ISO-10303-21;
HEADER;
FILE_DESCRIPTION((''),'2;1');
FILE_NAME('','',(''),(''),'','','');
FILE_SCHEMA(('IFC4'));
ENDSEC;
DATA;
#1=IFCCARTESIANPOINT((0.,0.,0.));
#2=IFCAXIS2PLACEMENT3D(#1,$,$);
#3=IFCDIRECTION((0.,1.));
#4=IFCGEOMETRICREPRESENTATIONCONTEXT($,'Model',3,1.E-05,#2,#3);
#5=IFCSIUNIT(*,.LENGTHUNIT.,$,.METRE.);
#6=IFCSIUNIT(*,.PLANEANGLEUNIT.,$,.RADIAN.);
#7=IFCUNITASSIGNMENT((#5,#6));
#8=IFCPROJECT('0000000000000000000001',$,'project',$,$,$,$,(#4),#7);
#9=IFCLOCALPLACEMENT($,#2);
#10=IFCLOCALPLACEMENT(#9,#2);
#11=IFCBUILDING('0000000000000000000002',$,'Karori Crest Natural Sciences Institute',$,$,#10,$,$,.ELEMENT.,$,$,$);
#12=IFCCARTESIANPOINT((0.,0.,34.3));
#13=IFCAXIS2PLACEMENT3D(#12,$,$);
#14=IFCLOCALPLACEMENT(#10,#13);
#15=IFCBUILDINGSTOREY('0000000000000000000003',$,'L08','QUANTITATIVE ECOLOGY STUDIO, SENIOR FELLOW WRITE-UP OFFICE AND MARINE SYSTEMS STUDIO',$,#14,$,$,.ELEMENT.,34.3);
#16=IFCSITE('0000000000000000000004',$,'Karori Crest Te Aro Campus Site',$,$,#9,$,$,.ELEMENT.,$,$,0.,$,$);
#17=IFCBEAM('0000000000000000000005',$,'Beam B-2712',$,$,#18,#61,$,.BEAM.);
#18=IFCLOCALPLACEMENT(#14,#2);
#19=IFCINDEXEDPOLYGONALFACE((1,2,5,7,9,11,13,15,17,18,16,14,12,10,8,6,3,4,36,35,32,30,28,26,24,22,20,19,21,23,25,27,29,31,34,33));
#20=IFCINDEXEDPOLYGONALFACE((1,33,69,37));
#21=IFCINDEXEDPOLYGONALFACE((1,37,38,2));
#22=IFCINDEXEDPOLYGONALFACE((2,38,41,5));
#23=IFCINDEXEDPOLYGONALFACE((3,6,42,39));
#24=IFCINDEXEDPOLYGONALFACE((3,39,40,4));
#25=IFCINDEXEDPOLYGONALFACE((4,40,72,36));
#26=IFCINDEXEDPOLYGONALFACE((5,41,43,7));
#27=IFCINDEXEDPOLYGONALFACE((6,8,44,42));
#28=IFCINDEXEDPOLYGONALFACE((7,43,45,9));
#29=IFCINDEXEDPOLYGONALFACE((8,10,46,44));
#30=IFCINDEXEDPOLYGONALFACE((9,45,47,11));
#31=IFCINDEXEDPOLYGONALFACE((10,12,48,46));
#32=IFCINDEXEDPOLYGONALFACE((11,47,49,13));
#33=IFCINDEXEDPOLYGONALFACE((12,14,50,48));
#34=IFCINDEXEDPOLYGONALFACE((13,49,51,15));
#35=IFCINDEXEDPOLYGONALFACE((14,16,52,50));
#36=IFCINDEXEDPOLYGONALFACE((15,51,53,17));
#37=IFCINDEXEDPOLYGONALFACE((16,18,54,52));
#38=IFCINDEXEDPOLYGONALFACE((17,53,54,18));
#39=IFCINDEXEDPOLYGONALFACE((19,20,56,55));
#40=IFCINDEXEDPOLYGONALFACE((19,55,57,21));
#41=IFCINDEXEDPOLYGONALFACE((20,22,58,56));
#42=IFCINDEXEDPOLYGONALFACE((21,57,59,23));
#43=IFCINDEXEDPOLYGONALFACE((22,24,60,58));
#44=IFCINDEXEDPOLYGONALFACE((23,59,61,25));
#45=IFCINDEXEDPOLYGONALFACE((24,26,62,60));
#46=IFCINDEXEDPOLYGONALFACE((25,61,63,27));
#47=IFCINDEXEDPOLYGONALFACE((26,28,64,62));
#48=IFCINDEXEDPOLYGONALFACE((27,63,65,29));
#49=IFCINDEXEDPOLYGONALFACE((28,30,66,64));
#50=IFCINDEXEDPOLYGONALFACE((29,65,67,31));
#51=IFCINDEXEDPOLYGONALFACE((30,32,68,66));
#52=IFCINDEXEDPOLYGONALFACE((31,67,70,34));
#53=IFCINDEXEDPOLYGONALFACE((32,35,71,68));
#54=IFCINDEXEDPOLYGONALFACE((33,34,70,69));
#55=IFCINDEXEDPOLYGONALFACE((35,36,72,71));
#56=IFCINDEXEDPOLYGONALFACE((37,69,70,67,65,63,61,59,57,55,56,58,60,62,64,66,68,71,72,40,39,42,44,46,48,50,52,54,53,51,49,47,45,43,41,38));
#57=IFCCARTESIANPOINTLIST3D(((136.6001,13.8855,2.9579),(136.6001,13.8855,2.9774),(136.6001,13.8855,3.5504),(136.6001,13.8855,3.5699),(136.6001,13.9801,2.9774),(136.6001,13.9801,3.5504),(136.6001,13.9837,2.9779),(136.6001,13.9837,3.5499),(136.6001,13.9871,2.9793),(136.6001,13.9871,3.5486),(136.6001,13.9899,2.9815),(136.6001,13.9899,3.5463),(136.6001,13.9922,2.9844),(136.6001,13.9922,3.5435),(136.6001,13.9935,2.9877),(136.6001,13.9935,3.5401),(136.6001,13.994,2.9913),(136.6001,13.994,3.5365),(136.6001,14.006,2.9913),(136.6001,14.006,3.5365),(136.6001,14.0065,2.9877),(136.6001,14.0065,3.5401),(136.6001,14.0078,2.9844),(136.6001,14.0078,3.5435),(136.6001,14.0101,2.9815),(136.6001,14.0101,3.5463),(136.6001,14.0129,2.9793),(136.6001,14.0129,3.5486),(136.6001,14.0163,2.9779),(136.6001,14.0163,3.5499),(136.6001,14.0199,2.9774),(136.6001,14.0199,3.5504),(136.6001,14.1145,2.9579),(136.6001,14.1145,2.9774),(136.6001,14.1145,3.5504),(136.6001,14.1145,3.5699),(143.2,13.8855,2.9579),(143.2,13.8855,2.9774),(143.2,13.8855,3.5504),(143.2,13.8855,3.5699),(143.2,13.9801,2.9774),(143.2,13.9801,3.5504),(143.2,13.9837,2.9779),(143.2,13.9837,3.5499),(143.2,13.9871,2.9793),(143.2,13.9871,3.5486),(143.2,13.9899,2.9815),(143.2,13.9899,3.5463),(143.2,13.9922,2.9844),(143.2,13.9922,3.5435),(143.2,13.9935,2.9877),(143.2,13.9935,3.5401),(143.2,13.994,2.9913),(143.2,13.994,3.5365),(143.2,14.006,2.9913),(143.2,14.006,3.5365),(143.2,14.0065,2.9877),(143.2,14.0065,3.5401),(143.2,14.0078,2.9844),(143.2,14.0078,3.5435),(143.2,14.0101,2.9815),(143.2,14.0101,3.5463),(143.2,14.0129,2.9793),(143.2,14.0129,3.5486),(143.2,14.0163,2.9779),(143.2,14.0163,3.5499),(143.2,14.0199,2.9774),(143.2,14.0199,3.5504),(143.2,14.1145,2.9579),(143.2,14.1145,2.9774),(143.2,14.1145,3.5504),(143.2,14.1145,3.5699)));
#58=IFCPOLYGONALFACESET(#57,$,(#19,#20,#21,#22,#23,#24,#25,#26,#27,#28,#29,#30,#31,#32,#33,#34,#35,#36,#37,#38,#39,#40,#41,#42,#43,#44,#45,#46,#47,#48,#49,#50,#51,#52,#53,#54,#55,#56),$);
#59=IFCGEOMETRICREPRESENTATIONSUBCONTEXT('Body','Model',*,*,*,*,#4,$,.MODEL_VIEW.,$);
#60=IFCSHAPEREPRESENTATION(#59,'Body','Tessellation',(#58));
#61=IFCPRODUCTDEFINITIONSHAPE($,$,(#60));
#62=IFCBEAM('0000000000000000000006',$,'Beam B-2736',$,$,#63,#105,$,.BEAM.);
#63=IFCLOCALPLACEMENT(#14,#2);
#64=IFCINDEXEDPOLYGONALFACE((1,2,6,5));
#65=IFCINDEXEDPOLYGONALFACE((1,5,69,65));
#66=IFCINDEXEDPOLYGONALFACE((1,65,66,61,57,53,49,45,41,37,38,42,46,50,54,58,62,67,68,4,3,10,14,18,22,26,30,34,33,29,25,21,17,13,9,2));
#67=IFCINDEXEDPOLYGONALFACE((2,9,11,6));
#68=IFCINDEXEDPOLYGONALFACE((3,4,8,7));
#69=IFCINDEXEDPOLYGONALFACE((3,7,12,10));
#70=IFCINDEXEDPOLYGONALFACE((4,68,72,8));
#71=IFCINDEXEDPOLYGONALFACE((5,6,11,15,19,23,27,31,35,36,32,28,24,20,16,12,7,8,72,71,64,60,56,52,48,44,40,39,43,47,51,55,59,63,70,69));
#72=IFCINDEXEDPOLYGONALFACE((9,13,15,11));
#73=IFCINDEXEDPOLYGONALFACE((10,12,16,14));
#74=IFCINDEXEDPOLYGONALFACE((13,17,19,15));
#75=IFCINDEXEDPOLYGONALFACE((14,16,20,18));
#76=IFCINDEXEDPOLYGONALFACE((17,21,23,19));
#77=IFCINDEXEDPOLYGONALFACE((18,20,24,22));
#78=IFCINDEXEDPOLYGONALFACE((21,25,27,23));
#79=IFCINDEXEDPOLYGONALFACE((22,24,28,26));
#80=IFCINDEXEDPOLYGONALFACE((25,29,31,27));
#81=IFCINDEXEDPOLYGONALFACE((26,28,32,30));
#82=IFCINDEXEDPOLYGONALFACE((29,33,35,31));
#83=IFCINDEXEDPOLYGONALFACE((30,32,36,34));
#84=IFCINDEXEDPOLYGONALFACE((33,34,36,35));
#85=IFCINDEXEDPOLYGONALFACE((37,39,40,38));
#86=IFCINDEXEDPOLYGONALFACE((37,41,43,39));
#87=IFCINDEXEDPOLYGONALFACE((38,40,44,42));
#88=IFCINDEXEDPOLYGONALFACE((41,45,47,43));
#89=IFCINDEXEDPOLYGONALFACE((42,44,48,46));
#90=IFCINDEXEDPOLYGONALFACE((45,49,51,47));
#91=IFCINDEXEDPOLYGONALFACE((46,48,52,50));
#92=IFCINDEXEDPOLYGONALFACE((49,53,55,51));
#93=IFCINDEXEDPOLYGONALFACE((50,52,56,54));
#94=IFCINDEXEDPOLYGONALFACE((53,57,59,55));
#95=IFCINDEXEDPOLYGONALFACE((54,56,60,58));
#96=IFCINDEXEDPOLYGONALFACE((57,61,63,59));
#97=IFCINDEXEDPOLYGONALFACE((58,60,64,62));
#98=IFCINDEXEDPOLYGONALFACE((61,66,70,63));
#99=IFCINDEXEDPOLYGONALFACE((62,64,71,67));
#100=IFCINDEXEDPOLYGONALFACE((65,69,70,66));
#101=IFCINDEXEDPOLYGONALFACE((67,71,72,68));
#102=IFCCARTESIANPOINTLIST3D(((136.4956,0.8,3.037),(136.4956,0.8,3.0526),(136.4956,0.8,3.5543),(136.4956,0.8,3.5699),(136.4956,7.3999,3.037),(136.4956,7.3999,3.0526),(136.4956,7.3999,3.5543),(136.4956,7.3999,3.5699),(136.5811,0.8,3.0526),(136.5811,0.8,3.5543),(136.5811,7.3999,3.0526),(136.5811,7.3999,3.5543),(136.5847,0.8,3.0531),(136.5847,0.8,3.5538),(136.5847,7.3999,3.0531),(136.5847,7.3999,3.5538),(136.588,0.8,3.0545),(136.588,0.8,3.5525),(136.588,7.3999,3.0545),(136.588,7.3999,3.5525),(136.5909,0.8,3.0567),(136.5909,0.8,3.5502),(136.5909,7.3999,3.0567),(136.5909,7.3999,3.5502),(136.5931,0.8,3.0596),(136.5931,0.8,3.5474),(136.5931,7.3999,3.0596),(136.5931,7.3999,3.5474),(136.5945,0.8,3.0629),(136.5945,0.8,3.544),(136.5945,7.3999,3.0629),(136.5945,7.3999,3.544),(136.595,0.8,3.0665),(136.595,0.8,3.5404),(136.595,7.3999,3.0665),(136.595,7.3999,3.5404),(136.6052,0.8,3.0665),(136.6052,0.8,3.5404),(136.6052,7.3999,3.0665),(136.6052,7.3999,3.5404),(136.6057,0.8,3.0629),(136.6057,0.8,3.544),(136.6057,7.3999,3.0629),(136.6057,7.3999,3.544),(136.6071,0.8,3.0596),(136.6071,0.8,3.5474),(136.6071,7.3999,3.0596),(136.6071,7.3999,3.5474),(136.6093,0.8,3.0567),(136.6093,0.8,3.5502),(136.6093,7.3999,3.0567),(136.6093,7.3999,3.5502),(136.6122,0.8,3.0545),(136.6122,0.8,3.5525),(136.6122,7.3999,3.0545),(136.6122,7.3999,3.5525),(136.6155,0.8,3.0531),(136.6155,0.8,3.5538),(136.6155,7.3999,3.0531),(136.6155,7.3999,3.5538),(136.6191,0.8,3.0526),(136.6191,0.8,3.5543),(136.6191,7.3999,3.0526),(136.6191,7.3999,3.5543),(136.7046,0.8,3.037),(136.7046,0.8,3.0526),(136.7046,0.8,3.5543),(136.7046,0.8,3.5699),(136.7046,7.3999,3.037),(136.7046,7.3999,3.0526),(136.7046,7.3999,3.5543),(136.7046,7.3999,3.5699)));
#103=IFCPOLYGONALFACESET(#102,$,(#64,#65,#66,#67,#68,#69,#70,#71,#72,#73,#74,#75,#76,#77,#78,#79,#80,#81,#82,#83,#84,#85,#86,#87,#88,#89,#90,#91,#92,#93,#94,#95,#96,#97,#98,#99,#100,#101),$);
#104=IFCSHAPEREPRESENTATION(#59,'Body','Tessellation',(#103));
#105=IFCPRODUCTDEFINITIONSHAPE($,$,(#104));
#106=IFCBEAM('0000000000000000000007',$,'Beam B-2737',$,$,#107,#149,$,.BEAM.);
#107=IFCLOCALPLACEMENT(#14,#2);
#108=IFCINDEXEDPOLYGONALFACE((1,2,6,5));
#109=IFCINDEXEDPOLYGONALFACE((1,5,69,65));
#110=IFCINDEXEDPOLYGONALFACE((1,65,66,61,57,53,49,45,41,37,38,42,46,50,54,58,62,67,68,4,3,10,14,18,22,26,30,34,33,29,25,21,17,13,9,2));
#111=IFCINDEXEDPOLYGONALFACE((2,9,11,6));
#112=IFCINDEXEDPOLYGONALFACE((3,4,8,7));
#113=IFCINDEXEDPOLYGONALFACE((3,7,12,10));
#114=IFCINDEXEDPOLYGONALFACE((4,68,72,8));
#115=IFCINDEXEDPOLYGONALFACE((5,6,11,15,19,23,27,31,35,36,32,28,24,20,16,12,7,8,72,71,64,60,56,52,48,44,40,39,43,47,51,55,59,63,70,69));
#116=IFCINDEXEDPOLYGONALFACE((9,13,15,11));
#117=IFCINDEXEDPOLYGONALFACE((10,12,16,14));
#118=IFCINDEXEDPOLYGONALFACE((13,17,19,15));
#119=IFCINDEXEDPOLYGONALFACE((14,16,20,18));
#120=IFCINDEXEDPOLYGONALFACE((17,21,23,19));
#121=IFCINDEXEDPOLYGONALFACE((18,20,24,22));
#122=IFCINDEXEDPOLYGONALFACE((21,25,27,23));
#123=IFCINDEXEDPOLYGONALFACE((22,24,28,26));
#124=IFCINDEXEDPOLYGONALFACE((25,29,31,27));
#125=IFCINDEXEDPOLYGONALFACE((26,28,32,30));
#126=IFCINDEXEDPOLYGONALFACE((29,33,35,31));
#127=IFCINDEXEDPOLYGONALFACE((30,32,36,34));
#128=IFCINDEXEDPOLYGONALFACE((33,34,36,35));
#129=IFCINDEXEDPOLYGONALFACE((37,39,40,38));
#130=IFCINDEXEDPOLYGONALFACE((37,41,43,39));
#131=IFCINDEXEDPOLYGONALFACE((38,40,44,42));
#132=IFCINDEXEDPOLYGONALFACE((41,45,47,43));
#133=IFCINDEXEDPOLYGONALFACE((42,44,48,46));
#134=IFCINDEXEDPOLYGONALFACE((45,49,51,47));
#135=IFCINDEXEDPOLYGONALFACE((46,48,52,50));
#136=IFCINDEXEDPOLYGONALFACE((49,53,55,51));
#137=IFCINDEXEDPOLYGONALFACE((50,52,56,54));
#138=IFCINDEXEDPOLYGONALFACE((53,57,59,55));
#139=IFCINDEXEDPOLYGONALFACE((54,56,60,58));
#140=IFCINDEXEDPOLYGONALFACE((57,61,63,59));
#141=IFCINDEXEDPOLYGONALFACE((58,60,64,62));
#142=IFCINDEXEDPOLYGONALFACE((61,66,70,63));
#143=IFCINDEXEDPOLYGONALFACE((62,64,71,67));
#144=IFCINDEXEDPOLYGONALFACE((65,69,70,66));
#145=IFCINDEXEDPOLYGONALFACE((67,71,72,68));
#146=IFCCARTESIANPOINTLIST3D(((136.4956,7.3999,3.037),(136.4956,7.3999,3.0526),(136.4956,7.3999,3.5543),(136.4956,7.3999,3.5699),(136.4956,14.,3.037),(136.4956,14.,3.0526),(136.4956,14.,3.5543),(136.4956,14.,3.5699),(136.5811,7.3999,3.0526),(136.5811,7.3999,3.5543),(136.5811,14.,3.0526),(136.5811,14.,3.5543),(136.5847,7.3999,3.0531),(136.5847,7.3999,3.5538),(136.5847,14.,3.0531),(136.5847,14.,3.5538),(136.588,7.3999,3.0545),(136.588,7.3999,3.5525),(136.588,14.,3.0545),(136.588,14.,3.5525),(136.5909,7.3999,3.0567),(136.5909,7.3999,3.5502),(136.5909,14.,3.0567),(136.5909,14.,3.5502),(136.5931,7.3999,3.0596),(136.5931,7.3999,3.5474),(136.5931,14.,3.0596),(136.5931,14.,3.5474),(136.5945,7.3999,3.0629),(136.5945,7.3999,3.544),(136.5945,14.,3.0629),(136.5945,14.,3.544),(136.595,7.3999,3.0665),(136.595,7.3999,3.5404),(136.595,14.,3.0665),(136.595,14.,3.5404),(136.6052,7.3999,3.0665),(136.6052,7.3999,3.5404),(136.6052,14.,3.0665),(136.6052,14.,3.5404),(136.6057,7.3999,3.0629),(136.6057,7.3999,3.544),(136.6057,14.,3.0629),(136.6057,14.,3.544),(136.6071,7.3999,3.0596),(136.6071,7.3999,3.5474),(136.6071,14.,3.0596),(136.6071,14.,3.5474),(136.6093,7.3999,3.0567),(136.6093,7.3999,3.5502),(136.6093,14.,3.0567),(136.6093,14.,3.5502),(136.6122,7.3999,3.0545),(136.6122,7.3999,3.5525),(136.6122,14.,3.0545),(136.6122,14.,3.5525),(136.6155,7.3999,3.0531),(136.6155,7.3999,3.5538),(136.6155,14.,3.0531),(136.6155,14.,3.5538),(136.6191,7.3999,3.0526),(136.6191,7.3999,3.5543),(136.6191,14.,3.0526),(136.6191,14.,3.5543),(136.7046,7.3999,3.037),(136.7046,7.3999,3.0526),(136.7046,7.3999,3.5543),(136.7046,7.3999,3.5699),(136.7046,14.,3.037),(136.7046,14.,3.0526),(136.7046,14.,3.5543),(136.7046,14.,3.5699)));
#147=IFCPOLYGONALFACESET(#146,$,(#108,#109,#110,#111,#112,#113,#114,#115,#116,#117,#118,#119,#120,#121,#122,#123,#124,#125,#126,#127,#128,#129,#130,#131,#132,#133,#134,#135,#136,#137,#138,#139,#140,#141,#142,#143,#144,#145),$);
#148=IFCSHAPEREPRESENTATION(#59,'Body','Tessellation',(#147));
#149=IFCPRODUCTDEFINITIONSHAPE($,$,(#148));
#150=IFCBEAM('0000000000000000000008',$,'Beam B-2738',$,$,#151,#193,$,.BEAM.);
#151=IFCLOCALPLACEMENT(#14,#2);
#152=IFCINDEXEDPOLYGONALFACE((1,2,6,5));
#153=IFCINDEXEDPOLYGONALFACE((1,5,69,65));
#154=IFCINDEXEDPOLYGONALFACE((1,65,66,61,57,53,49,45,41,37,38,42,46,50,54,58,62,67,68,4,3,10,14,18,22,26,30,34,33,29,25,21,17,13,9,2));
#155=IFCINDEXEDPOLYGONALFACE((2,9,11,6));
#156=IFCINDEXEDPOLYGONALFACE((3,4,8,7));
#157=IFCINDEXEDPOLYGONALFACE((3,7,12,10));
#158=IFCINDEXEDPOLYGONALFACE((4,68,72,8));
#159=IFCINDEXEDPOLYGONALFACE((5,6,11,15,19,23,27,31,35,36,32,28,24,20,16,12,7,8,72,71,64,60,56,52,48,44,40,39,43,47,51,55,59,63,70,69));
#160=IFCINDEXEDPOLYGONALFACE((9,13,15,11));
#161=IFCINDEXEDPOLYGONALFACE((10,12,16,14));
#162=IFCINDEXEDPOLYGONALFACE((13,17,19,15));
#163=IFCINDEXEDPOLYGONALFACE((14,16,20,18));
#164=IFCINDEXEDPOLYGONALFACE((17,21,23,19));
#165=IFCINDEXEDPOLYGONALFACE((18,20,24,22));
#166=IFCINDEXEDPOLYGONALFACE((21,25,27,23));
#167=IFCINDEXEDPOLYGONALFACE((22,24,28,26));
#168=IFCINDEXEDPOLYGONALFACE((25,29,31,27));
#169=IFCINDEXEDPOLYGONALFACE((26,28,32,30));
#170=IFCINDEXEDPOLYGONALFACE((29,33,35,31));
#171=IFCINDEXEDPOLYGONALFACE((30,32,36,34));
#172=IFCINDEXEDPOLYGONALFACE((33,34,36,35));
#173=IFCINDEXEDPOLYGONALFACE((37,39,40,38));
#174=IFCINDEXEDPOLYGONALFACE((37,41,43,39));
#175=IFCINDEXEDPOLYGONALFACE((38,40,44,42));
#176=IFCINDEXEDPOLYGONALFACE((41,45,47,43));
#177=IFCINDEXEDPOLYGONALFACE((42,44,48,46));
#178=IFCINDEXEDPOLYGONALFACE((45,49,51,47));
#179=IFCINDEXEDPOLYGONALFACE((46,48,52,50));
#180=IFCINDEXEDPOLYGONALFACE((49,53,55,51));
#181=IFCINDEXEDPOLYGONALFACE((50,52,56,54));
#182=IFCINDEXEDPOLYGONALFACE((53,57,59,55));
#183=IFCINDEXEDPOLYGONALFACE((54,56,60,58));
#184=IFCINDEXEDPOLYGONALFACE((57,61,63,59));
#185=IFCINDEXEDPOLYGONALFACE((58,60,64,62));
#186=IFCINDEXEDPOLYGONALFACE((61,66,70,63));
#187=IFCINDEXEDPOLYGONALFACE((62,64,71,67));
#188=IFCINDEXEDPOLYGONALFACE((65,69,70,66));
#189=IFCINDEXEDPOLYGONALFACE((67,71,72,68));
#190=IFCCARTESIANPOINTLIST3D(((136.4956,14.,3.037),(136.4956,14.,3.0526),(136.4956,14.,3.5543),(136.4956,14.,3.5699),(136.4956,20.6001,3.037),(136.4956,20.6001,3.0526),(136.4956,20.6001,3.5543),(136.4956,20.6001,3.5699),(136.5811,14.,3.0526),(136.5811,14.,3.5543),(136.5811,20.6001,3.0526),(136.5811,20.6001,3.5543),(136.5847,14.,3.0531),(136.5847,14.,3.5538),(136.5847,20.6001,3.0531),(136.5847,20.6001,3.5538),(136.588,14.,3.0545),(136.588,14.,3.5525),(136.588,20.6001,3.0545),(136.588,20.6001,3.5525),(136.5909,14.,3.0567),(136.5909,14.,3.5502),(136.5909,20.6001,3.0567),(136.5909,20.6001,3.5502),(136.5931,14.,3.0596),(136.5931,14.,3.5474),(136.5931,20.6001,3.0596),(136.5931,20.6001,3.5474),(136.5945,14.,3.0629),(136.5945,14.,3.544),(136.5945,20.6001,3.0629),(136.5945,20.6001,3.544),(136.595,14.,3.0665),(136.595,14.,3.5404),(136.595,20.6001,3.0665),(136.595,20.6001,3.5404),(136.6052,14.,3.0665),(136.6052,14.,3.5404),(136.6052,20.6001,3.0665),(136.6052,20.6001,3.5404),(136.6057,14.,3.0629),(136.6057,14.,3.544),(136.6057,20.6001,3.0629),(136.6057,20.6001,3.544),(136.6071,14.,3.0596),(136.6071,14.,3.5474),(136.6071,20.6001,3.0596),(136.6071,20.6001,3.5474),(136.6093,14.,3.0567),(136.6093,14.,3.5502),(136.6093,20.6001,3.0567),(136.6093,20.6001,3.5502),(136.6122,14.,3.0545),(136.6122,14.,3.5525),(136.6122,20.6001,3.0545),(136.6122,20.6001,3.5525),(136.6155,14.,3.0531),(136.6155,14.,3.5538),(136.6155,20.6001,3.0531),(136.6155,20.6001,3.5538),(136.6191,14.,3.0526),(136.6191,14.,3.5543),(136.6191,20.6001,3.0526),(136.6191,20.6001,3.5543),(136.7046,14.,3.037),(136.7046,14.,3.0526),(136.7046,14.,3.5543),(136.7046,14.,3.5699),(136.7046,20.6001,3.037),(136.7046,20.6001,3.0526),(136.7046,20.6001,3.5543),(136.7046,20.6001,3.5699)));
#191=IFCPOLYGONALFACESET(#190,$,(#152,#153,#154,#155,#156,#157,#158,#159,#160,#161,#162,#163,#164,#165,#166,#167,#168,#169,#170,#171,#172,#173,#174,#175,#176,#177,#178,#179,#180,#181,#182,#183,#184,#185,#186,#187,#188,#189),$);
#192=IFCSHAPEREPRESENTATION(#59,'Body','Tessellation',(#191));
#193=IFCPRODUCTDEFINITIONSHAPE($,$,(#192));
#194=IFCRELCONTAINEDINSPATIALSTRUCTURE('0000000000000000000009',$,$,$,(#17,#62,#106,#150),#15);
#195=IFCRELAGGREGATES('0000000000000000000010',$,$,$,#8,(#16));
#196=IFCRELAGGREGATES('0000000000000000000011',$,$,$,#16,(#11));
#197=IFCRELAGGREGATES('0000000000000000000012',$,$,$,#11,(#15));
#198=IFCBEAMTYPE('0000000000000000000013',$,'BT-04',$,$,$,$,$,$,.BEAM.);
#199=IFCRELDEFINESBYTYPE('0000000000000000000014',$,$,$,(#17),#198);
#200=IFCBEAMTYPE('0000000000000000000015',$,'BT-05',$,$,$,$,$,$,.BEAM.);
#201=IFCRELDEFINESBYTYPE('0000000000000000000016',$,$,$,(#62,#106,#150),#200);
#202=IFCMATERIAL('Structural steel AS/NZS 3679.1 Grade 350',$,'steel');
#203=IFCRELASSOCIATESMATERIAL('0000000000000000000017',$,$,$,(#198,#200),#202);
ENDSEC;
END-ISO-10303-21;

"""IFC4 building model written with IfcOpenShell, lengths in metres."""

from ifc_helpers import new_model, si_unit, direction, frame, origin, origin_2d, place, context, subcontext, project, spatial, i_section, extrude, material, material_profile, profile_set, type_object, element, save


model = new_model("IFC4")

# Units and contexts
model_context = context("Model", 3, precision=1e-05, world=origin(), true_north=direction((0.0, 1.0)))
body_context = subcontext(model_context, "Body", "Model", "MODEL_VIEW")
ifc_project = project(units=[si_unit("LENGTHUNIT", "METRE"), si_unit("PLANEANGLEUNIT", "RADIAN")], contexts=[model_context])

# Site, building, storey
site_placement = place(None, origin())
site = spatial("IfcSite", under=ifc_project, at=site_placement, Name="Karori Crest Te Aro Campus Site", CompositionType="ELEMENT", RefElevation=0.0)
building_placement = place(site_placement, origin())
building = spatial("IfcBuilding", under=site, at=building_placement, Name="Karori Crest Natural Sciences Institute", CompositionType="ELEMENT")
storey_placement = place(building_placement, frame((0.0, 0.0, 34.3)))
storey = spatial("IfcBuildingStorey", under=building, at=storey_placement, Name="L08", Description="QUANTITATIVE ECOLOGY STUDIO, SENIOR FELLOW WRITE-UP OFFICE AND MARINE SYSTEMS STUDIO", CompositionType="ELEMENT", Elevation=34.3)

# Shared definitions
ifc_material_1 = material(Name="Structural steel AS/NZS 3679.1 Grade 350", Category="steel")

# Beams
ifc_material_profile_1 = material_profile(ifc_material_1, i_section(OverallWidth=0.229, OverallDepth=0.6121, WebThickness=0.012, FlangeThickness=0.0195, FilletRadius=0.0139, at=origin_2d()), Name="610UB125")
ifc_profile_set_1 = profile_set([ifc_material_profile_1], Name="Structural steel AS/NZS 3679.1 Grade 350")
beam_type_1 = type_object("IfcBeamType", Name="BT-04", PredefinedType="BEAM", material=ifc_profile_set_1)
for number, where, z_axis, x_axis, name in (
    (1, (136.6001, 14.0, 3.2639), (1.0, 0.0, 0.0), (0.0, 1.0, 0.0), "Beam B-2712"),
):
    element("IfcBeam", number, at=place(storey_placement, frame(where, z_axis=z_axis, x_axis=x_axis)), inside=storey, type_object=beam_type_1, Name=name, PredefinedType="BEAM", context=body_context, shape_type="SweptSolid", body=[
        extrude(i_section(OverallWidth=0.229, OverallDepth=0.6121, WebThickness=0.012, FlangeThickness=0.0195, FilletRadius=0.0139, at=origin_2d()), origin(), (0.0, 0.0, 1.0), 6.5999),
    ])
ifc_material_profile_2 = material_profile(ifc_material_1, i_section(OverallWidth=0.209, OverallDepth=0.533, WebThickness=0.0103, FlangeThickness=0.0156, FilletRadius=0.0139, at=origin_2d()), Name="530UB92.4")
ifc_profile_set_2 = profile_set([ifc_material_profile_2], Name="Structural steel AS/NZS 3679.1 Grade 350")
beam_type_2 = type_object("IfcBeamType", Name="BT-05", PredefinedType="BEAM", material=ifc_profile_set_2)
beam_1_placement = place(storey_placement, frame((136.6001, 0.8, 3.3035), z_axis=(0.0, 1.0, 0.0), x_axis=(-1.0, 0.0, 0.0)))
element("IfcBeam", 2, at=beam_1_placement, inside=storey, type_object=beam_type_2, Name="Beam B-2736", PredefinedType="BEAM", context=body_context, shape_type="SweptSolid", body=[
    extrude(i_section(OverallWidth=0.209, OverallDepth=0.533, WebThickness=0.0103, FlangeThickness=0.0156, FilletRadius=0.0139, at=origin_2d()), origin(), (0.0, 0.0, 1.0), 6.5999),
])
for number, where, z_axis, x_axis, name in (
    (3, (136.6001, 7.3999, 3.3035), (0.0, 1.0, 0.0), (-1.0, 0.0, 0.0), "Beam B-2737"),
    (4, (136.6001, 14.0, 3.3035), (0.0, 1.0, 0.0), (-1.0, 0.0, 0.0), "Beam B-2738"),
):
    element("IfcBeam", number, at=place(storey_placement, frame(where, z_axis=z_axis, x_axis=x_axis)), inside=storey, type_object=beam_type_2, Name=name, PredefinedType="BEAM", context=body_context, shape_type="SweptSolid", body=[
        extrude(i_section(OverallWidth=0.209, OverallDepth=0.533, WebThickness=0.0103, FlangeThickness=0.0156, FilletRadius=0.0139, at=origin_2d()), origin(), (0.0, 0.0, 1.0), 6.6001),
    ])

save(model, "model.ifc")
